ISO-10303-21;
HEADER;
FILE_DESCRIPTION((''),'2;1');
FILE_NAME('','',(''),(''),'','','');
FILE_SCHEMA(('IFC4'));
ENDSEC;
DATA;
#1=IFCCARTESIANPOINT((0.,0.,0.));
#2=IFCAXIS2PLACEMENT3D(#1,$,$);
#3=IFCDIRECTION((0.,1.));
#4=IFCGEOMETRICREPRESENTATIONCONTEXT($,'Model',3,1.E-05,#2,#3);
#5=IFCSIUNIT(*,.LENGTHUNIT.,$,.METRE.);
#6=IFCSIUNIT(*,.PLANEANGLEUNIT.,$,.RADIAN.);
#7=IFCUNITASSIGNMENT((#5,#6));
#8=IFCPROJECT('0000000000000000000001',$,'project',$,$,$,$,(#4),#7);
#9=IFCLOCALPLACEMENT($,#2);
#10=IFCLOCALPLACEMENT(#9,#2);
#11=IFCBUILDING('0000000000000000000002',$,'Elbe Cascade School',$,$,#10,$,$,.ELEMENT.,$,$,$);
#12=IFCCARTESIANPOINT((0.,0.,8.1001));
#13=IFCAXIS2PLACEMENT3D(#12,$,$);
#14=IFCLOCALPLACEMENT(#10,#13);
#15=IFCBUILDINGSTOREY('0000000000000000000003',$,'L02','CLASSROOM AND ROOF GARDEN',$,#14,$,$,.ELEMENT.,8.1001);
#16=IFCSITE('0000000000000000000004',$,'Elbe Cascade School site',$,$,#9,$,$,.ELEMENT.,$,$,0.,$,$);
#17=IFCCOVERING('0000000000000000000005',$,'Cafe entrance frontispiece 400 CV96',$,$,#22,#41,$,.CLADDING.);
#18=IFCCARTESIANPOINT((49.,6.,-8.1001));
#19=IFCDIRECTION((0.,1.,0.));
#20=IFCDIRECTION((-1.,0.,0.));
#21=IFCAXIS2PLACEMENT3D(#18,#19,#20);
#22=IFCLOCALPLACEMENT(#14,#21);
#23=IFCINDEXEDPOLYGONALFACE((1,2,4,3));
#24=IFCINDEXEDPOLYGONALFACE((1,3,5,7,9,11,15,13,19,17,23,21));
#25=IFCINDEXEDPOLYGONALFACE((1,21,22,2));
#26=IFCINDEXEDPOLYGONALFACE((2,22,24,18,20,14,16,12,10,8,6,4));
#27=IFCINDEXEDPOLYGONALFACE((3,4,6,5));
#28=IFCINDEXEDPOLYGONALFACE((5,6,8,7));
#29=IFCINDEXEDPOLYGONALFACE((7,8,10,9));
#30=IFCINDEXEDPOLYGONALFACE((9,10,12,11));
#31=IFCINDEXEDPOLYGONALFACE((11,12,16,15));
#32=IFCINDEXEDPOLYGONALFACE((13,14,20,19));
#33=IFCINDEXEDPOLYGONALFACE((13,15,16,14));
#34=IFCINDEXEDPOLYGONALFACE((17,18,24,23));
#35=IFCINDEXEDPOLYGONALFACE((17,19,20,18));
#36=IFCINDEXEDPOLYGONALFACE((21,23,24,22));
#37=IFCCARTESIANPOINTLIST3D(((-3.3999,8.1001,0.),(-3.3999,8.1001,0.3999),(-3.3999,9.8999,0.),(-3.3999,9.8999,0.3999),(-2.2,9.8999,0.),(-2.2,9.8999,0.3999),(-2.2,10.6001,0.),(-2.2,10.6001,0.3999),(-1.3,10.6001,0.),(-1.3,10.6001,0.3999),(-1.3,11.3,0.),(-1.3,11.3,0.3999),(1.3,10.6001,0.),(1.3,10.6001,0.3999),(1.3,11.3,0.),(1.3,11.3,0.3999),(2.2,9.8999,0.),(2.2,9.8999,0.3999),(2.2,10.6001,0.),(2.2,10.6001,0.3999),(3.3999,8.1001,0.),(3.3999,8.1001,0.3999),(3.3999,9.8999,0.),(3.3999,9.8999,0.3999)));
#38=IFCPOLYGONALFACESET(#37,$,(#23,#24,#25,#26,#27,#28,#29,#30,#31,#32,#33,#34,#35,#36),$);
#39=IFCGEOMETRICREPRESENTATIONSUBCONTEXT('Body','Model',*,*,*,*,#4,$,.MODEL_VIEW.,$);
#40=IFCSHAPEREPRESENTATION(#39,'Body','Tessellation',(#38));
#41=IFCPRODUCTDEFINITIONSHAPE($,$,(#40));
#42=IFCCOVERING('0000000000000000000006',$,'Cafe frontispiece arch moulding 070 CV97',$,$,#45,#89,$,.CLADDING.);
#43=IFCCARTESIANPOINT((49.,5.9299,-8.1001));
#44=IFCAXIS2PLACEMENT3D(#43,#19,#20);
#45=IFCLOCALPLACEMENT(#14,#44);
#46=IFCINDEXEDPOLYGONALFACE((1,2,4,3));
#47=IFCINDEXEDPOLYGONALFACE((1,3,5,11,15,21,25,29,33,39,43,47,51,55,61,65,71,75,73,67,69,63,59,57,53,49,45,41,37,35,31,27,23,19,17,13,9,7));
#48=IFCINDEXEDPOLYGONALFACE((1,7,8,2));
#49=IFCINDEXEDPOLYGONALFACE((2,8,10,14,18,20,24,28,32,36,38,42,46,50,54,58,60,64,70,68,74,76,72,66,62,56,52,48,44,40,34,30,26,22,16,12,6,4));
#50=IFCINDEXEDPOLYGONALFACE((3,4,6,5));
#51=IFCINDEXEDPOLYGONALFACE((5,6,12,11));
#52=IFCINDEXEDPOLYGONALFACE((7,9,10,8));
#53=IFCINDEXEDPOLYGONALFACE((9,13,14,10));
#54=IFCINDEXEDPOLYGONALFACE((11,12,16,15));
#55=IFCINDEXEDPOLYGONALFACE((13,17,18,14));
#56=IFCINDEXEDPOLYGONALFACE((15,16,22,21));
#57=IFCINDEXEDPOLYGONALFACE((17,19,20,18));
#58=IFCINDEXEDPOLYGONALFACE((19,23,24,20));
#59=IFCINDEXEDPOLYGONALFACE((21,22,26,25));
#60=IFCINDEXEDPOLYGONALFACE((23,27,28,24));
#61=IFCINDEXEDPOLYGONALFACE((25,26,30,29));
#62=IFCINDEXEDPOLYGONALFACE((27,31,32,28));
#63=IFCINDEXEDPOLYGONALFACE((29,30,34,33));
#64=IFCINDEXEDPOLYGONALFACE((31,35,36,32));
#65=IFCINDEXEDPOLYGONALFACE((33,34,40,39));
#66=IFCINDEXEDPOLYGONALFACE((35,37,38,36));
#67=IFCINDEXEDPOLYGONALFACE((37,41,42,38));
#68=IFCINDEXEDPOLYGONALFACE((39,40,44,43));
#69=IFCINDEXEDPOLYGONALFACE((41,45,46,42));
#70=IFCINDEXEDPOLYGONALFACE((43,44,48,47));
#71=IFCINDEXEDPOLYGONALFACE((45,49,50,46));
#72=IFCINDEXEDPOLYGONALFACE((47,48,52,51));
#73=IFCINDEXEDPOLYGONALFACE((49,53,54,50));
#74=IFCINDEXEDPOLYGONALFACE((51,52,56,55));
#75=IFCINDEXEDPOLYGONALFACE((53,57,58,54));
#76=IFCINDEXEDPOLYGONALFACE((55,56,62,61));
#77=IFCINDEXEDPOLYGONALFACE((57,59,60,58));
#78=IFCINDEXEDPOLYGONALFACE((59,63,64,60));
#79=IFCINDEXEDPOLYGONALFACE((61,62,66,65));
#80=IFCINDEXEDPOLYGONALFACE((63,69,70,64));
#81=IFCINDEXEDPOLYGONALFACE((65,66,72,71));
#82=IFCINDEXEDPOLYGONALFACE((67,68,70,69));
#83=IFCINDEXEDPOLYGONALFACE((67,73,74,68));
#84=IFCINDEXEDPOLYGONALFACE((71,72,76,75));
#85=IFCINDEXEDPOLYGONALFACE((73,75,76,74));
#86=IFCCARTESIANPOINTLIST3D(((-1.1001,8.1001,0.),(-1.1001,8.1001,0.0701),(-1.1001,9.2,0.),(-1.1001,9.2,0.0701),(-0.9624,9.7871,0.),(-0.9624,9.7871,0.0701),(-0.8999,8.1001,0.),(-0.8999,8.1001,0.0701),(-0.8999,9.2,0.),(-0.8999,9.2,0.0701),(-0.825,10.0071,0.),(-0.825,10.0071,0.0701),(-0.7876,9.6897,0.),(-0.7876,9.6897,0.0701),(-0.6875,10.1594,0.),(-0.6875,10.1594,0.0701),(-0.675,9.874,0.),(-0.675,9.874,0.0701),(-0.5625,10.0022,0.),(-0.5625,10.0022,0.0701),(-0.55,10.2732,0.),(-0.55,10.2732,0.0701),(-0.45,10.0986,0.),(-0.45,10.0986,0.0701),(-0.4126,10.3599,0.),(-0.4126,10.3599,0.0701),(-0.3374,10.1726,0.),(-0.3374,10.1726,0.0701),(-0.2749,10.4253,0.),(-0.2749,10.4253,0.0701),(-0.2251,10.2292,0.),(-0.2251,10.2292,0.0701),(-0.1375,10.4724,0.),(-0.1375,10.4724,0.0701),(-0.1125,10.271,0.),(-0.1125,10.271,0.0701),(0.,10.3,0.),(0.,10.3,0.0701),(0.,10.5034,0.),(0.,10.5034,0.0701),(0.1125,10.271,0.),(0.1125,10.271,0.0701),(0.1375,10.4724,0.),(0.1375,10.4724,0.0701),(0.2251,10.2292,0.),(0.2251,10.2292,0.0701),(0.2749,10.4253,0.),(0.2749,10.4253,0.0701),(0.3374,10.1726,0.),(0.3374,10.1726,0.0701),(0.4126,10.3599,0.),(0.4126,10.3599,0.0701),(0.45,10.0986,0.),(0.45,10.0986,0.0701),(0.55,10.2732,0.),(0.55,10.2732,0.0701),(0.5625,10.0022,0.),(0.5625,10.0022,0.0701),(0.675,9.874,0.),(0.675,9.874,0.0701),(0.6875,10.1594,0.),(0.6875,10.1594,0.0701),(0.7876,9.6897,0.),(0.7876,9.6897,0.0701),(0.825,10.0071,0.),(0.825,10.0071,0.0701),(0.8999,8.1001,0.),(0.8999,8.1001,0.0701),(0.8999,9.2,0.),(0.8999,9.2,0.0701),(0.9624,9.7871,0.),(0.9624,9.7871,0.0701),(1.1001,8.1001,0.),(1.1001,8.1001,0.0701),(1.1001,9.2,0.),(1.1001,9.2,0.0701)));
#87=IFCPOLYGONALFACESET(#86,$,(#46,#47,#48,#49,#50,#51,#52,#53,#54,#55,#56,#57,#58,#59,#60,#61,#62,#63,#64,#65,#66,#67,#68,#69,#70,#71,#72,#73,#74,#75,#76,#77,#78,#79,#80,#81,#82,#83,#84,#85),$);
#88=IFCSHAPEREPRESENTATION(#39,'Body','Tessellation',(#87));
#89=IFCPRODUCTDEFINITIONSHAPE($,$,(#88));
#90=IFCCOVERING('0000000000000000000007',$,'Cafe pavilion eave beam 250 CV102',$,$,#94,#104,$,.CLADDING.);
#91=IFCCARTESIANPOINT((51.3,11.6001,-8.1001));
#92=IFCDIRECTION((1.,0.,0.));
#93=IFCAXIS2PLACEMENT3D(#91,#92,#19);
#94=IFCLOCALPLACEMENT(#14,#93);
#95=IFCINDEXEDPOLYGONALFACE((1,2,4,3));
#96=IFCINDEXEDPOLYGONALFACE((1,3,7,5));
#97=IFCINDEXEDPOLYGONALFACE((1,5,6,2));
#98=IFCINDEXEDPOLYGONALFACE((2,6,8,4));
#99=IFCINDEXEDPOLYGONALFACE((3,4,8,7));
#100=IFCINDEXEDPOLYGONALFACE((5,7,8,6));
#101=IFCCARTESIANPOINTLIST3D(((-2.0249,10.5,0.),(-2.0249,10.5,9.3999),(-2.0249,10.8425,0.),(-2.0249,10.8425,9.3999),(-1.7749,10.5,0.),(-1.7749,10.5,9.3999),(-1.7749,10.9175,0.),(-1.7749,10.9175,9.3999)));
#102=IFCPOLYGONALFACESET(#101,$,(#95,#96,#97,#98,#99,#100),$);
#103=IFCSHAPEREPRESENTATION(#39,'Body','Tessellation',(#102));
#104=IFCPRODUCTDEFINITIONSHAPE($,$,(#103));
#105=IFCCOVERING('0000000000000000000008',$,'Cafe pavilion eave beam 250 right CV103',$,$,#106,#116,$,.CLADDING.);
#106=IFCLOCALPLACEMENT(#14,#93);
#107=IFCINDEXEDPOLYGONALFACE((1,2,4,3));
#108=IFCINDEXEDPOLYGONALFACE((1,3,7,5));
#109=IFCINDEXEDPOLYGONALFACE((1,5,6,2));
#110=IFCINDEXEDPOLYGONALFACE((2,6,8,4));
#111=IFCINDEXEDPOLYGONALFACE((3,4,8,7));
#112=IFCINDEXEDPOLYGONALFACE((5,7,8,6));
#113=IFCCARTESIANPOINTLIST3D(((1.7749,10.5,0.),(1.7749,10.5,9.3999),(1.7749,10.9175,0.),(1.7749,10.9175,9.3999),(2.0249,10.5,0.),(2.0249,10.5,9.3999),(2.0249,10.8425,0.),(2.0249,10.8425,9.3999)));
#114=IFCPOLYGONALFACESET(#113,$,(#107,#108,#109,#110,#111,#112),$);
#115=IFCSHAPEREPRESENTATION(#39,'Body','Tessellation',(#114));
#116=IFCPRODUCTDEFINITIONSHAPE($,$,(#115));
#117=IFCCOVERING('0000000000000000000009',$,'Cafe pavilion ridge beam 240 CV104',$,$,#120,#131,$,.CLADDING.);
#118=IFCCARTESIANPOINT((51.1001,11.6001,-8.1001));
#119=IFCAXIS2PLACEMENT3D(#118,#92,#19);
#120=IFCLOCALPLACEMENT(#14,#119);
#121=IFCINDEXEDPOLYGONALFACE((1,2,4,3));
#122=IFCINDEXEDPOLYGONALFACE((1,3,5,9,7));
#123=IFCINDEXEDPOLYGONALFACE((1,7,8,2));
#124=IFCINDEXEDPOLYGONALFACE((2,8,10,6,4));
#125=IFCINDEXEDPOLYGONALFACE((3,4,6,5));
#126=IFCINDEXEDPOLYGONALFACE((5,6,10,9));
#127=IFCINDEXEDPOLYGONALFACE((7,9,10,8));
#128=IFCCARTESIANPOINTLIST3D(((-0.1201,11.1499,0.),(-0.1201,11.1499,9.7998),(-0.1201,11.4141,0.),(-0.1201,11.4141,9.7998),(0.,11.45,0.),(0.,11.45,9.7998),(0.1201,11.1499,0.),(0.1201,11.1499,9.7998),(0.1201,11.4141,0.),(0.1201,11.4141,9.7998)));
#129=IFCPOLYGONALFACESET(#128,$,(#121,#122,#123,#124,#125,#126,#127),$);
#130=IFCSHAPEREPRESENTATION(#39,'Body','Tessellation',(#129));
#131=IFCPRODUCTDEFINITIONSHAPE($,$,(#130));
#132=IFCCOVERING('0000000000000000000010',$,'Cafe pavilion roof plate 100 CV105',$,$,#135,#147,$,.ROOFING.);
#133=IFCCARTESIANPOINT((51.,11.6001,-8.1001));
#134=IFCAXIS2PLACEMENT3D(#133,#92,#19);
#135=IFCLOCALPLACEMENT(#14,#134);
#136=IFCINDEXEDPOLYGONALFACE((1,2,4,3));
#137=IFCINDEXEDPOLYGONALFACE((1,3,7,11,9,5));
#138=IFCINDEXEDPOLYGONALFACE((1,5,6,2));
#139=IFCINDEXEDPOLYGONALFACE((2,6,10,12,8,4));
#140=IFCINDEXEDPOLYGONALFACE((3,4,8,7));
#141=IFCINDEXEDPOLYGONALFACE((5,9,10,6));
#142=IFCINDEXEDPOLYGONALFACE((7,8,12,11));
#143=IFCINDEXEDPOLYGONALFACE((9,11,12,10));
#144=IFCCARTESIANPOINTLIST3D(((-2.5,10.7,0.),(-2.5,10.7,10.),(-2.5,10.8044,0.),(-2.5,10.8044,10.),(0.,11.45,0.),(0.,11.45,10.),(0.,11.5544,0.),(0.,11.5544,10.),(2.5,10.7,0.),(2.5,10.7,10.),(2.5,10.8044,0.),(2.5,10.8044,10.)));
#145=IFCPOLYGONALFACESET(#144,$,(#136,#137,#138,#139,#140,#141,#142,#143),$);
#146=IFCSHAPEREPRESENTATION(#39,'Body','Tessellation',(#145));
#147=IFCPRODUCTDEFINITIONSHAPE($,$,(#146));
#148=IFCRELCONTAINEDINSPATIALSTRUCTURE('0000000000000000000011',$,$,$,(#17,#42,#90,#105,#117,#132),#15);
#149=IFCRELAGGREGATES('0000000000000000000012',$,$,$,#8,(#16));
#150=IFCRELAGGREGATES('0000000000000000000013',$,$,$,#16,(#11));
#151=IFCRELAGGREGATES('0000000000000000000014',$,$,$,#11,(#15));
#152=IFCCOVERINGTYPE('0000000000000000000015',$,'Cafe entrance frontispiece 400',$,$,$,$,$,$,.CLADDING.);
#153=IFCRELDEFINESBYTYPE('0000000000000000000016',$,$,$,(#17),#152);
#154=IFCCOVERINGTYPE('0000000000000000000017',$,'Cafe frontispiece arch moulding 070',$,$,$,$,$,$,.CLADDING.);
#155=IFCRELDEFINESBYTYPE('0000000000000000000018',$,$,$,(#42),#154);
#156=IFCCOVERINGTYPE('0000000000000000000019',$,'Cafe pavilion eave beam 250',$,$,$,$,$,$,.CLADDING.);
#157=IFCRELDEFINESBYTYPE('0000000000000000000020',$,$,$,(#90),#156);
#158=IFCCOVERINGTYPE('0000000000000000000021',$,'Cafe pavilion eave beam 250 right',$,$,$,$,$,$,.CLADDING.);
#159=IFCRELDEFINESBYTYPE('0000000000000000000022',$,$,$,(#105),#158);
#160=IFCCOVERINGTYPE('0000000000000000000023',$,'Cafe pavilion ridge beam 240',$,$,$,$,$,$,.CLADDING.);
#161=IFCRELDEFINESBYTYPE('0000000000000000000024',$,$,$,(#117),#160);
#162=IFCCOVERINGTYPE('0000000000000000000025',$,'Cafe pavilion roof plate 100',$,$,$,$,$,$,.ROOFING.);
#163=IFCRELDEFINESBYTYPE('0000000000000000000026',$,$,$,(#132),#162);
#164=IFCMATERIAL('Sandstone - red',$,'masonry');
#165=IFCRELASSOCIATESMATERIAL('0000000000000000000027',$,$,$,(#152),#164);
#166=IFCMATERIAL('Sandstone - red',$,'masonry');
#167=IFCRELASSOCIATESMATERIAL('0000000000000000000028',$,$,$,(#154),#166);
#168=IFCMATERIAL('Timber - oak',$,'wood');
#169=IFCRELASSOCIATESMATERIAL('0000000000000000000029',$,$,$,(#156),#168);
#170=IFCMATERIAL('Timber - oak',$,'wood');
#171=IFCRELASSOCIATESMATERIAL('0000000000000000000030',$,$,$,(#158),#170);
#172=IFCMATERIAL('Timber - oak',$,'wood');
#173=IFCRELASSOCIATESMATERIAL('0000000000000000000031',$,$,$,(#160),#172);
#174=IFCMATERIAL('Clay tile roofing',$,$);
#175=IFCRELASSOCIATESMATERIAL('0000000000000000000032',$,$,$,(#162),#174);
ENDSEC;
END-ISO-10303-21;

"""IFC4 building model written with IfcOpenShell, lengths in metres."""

from ifc_helpers import new_model, si_unit, direction, frame, origin, place, context, subcontext, project, spatial, polyline, outline, extrude, material, material_profile, profile_set, type_object, element, save


model = new_model("IFC4")

# Units and contexts
model_context = context("Model", 3, precision=1e-05, world=origin(), true_north=direction((0.0, 1.0)))
body_context = subcontext(model_context, "Body", "Model", "MODEL_VIEW")
ifc_project = project(units=[si_unit("LENGTHUNIT", "METRE"), si_unit("PLANEANGLEUNIT", "RADIAN")], contexts=[model_context])

# Site, building, storey
site_placement = place(None, origin())
site = spatial("IfcSite", under=ifc_project, at=site_placement, Name="Elbe Cascade School site", CompositionType="ELEMENT", RefElevation=0.0)
building_placement = place(site_placement, origin())
building = spatial("IfcBuilding", under=site, at=building_placement, Name="Elbe Cascade School", CompositionType="ELEMENT")
storey_placement = place(building_placement, frame((0.0, 0.0, 8.1001)))
storey = spatial("IfcBuildingStorey", under=building, at=storey_placement, Name="L02", Description="CLASSROOM AND ROOF GARDEN", CompositionType="ELEMENT", Elevation=8.1001)

# Coverings
ifc_material_1 = material(Name="Sandstone - red", Category="masonry")
ifc_material_profile_1 = material_profile(ifc_material_1, outline(polyline([(-3.3999, 8.1001), (3.3999, 8.1001), (3.3999, 9.8999), (2.2, 9.8999), (2.2, 10.6001), (1.3, 10.6001), (1.3, 11.3), (-1.3, 11.3), (-1.3, 10.6001), (-2.2, 10.6001), (-2.2, 9.8999), (-3.3999, 9.8999), (-3.3999, 8.1001)])), Name="Frontispiece face 6800 x 3200")
ifc_profile_set_1 = profile_set([ifc_material_profile_1], Name="Sandstone - red")
covering_type_1 = type_object("IfcCoveringType", Name="Cafe entrance frontispiece 400", PredefinedType="CLADDING", material=ifc_profile_set_1)
covering_1_placement = place(storey_placement, frame((49.0, 6.0, -8.1001), z_axis=(0.0, 1.0, 0.0), x_axis=(-1.0, 0.0, 0.0)))
element("IfcCovering", 1, at=covering_1_placement, inside=storey, type_object=covering_type_1, Name="Cafe entrance frontispiece 400 CV96", PredefinedType="CLADDING", context=body_context, shape_type="SweptSolid", body=[
    extrude(outline(polyline([(-3.3999, 8.1001), (3.3999, 8.1001), (3.3999, 9.8999), (2.2, 9.8999), (2.2, 10.6001), (1.3, 10.6001), (1.3, 11.3), (-1.3, 11.3), (-1.3, 10.6001), (-2.2, 10.6001), (-2.2, 9.8999), (-3.3999, 9.8999), (-3.3999, 8.1001)])), origin(), (0.0, 0.0, 1.0), 0.3999),
])
ifc_material_2 = material(Name="Sandstone - red", Category="masonry")
ifc_material_profile_2 = material_profile(ifc_material_2, outline(polyline([(-1.1001, 8.1001), (-1.1001, 9.2), (-0.9624, 9.7871), (-0.825, 10.0071), (-0.6875, 10.1594), (-0.55, 10.2732), (-0.4126, 10.3599), (-0.2749, 10.4253), (-0.1375, 10.4724), (0.0, 10.5034), (0.1375, 10.4724), (0.2749, 10.4253), (0.4126, 10.3599), (0.55, 10.2732), (0.6875, 10.1594), (0.825, 10.0071), (0.9624, 9.7871), (1.1001, 9.2), (1.1001, 8.1001), (0.8999, 8.1001), (0.8999, 9.2), (0.7876, 9.6897), (0.675, 9.874), (0.5625, 10.0022), (0.45, 10.0986), (0.3374, 10.1726), (0.2251, 10.2292), (0.1125, 10.271), (0.0, 10.3), (-0.1125, 10.271), (-0.2251, 10.2292), (-0.3374, 10.1726), (-0.45, 10.0986), (-0.5625, 10.0022), (-0.675, 9.874), (-0.7876, 9.6897), (-0.8999, 9.2), (-0.8999, 8.1001), (-1.1001, 8.1001)])), Name="Frontispiece arch moulding face")
ifc_profile_set_2 = profile_set([ifc_material_profile_2], Name="Sandstone - red")
covering_type_2 = type_object("IfcCoveringType", Name="Cafe frontispiece arch moulding 070", PredefinedType="CLADDING", material=ifc_profile_set_2)
covering_2_placement = place(storey_placement, frame((49.0, 5.9299, -8.1001), z_axis=(0.0, 1.0, 0.0), x_axis=(-1.0, 0.0, 0.0)))
element("IfcCovering", 2, at=covering_2_placement, inside=storey, type_object=covering_type_2, Name="Cafe frontispiece arch moulding 070 CV97", PredefinedType="CLADDING", context=body_context, shape_type="SweptSolid", body=[
    extrude(outline(polyline([(-1.1001, 8.1001), (-1.1001, 9.2), (-0.9624, 9.7871), (-0.825, 10.0071), (-0.6875, 10.1594), (-0.55, 10.2732), (-0.4126, 10.3599), (-0.2749, 10.4253), (-0.1375, 10.4724), (0.0, 10.5034), (0.1375, 10.4724), (0.2749, 10.4253), (0.4126, 10.3599), (0.55, 10.2732), (0.6875, 10.1594), (0.825, 10.0071), (0.9624, 9.7871), (1.1001, 9.2), (1.1001, 8.1001), (0.8999, 8.1001), (0.8999, 9.2), (0.7876, 9.6897), (0.675, 9.874), (0.5625, 10.0022), (0.45, 10.0986), (0.3374, 10.1726), (0.2251, 10.2292), (0.1125, 10.271), (0.0, 10.3), (-0.1125, 10.271), (-0.2251, 10.2292), (-0.3374, 10.1726), (-0.45, 10.0986), (-0.5625, 10.0022), (-0.675, 9.874), (-0.7876, 9.6897), (-0.8999, 9.2), (-0.8999, 8.1001), (-1.1001, 8.1001)])), origin(), (0.0, 0.0, 1.0), 0.0701),
])

# Coverings
ifc_material_3 = material(Name="Timber - oak", Category="wood")
ifc_material_profile_3 = material_profile(ifc_material_3, outline(polyline([(-2.0249, 10.5), (-1.7749, 10.5), (-1.7749, 10.9175), (-2.0249, 10.8425), (-2.0249, 10.5)])), Name="Eave beam 250 sloped top")
ifc_profile_set_3 = profile_set([ifc_material_profile_3], Name="Timber - oak")
covering_type_3 = type_object("IfcCoveringType", Name="Cafe pavilion eave beam 250", PredefinedType="CLADDING", material=ifc_profile_set_3)
covering_3_placement = place(storey_placement, frame((51.3, 11.6001, -8.1001), z_axis=(1.0, 0.0, 0.0), x_axis=(0.0, 1.0, 0.0)))
element("IfcCovering", 3, at=covering_3_placement, inside=storey, type_object=covering_type_3, Name="Cafe pavilion eave beam 250 CV102", PredefinedType="CLADDING", context=body_context, shape_type="SweptSolid", body=[
    extrude(outline(polyline([(-2.0249, 10.5), (-1.7749, 10.5), (-1.7749, 10.9175), (-2.0249, 10.8425), (-2.0249, 10.5)])), origin(), (0.0, 0.0, 1.0), 9.3999),
])
ifc_material_4 = material(Name="Timber - oak", Category="wood")
ifc_material_profile_4 = material_profile(ifc_material_4, outline(polyline([(1.7749, 10.5), (2.0249, 10.5), (2.0249, 10.8425), (1.7749, 10.9175), (1.7749, 10.5)])), Name="Eave beam 250 sloped top right")
ifc_profile_set_4 = profile_set([ifc_material_profile_4], Name="Timber - oak")
covering_type_4 = type_object("IfcCoveringType", Name="Cafe pavilion eave beam 250 right", PredefinedType="CLADDING", material=ifc_profile_set_4)
covering_4_placement = place(storey_placement, frame((51.3, 11.6001, -8.1001), z_axis=(1.0, 0.0, 0.0), x_axis=(0.0, 1.0, 0.0)))
element("IfcCovering", 4, at=covering_4_placement, inside=storey, type_object=covering_type_4, Name="Cafe pavilion eave beam 250 right CV103", PredefinedType="CLADDING", context=body_context, shape_type="SweptSolid", body=[
    extrude(outline(polyline([(1.7749, 10.5), (2.0249, 10.5), (2.0249, 10.8425), (1.7749, 10.9175), (1.7749, 10.5)])), origin(), (0.0, 0.0, 1.0), 9.3999),
])
ifc_material_5 = material(Name="Timber - oak", Category="wood")
ifc_material_profile_5 = material_profile(ifc_material_5, outline(polyline([(-0.1201, 11.1499), (0.1201, 11.1499), (0.1201, 11.4141), (0.0, 11.45), (-0.1201, 11.4141), (-0.1201, 11.1499)])), Name="Ridge beam 240")
ifc_profile_set_5 = profile_set([ifc_material_profile_5], Name="Timber - oak")
covering_type_5 = type_object("IfcCoveringType", Name="Cafe pavilion ridge beam 240", PredefinedType="CLADDING", material=ifc_profile_set_5)
covering_5_placement = place(storey_placement, frame((51.1001, 11.6001, -8.1001), z_axis=(1.0, 0.0, 0.0), x_axis=(0.0, 1.0, 0.0)))
element("IfcCovering", 5, at=covering_5_placement, inside=storey, type_object=covering_type_5, Name="Cafe pavilion ridge beam 240 CV104", PredefinedType="CLADDING", context=body_context, shape_type="SweptSolid", body=[
    extrude(outline(polyline([(-0.1201, 11.1499), (0.1201, 11.1499), (0.1201, 11.4141), (0.0, 11.45), (-0.1201, 11.4141), (-0.1201, 11.1499)])), origin(), (0.0, 0.0, 1.0), 9.7998),
])
ifc_material_6 = material(Name="Clay tile roofing")
ifc_material_profile_6 = material_profile(ifc_material_6, outline(polyline([(-2.5, 10.7), (0.0, 11.45), (2.5, 10.7), (2.5, 10.8044), (0.0, 11.5544), (-2.5, 10.8044), (-2.5, 10.7)])), Name="Pavilion roof plate 5000 wide")
ifc_profile_set_6 = profile_set([ifc_material_profile_6], Name="Clay tile roofing")
covering_type_6 = type_object("IfcCoveringType", Name="Cafe pavilion roof plate 100", PredefinedType="ROOFING", material=ifc_profile_set_6)
covering_6_placement = place(storey_placement, frame((51.0, 11.6001, -8.1001), z_axis=(1.0, 0.0, 0.0), x_axis=(0.0, 1.0, 0.0)))
element("IfcCovering", 6, at=covering_6_placement, inside=storey, type_object=covering_type_6, Name="Cafe pavilion roof plate 100 CV105", PredefinedType="ROOFING", context=body_context, shape_type="SweptSolid", body=[
    extrude(outline(polyline([(-2.5, 10.7), (0.0, 11.45), (2.5, 10.7), (2.5, 10.8044), (0.0, 11.5544), (-2.5, 10.8044), (-2.5, 10.7)])), origin(), (0.0, 0.0, 1.0), 10.0),
])

save(model, "model.ifc")
